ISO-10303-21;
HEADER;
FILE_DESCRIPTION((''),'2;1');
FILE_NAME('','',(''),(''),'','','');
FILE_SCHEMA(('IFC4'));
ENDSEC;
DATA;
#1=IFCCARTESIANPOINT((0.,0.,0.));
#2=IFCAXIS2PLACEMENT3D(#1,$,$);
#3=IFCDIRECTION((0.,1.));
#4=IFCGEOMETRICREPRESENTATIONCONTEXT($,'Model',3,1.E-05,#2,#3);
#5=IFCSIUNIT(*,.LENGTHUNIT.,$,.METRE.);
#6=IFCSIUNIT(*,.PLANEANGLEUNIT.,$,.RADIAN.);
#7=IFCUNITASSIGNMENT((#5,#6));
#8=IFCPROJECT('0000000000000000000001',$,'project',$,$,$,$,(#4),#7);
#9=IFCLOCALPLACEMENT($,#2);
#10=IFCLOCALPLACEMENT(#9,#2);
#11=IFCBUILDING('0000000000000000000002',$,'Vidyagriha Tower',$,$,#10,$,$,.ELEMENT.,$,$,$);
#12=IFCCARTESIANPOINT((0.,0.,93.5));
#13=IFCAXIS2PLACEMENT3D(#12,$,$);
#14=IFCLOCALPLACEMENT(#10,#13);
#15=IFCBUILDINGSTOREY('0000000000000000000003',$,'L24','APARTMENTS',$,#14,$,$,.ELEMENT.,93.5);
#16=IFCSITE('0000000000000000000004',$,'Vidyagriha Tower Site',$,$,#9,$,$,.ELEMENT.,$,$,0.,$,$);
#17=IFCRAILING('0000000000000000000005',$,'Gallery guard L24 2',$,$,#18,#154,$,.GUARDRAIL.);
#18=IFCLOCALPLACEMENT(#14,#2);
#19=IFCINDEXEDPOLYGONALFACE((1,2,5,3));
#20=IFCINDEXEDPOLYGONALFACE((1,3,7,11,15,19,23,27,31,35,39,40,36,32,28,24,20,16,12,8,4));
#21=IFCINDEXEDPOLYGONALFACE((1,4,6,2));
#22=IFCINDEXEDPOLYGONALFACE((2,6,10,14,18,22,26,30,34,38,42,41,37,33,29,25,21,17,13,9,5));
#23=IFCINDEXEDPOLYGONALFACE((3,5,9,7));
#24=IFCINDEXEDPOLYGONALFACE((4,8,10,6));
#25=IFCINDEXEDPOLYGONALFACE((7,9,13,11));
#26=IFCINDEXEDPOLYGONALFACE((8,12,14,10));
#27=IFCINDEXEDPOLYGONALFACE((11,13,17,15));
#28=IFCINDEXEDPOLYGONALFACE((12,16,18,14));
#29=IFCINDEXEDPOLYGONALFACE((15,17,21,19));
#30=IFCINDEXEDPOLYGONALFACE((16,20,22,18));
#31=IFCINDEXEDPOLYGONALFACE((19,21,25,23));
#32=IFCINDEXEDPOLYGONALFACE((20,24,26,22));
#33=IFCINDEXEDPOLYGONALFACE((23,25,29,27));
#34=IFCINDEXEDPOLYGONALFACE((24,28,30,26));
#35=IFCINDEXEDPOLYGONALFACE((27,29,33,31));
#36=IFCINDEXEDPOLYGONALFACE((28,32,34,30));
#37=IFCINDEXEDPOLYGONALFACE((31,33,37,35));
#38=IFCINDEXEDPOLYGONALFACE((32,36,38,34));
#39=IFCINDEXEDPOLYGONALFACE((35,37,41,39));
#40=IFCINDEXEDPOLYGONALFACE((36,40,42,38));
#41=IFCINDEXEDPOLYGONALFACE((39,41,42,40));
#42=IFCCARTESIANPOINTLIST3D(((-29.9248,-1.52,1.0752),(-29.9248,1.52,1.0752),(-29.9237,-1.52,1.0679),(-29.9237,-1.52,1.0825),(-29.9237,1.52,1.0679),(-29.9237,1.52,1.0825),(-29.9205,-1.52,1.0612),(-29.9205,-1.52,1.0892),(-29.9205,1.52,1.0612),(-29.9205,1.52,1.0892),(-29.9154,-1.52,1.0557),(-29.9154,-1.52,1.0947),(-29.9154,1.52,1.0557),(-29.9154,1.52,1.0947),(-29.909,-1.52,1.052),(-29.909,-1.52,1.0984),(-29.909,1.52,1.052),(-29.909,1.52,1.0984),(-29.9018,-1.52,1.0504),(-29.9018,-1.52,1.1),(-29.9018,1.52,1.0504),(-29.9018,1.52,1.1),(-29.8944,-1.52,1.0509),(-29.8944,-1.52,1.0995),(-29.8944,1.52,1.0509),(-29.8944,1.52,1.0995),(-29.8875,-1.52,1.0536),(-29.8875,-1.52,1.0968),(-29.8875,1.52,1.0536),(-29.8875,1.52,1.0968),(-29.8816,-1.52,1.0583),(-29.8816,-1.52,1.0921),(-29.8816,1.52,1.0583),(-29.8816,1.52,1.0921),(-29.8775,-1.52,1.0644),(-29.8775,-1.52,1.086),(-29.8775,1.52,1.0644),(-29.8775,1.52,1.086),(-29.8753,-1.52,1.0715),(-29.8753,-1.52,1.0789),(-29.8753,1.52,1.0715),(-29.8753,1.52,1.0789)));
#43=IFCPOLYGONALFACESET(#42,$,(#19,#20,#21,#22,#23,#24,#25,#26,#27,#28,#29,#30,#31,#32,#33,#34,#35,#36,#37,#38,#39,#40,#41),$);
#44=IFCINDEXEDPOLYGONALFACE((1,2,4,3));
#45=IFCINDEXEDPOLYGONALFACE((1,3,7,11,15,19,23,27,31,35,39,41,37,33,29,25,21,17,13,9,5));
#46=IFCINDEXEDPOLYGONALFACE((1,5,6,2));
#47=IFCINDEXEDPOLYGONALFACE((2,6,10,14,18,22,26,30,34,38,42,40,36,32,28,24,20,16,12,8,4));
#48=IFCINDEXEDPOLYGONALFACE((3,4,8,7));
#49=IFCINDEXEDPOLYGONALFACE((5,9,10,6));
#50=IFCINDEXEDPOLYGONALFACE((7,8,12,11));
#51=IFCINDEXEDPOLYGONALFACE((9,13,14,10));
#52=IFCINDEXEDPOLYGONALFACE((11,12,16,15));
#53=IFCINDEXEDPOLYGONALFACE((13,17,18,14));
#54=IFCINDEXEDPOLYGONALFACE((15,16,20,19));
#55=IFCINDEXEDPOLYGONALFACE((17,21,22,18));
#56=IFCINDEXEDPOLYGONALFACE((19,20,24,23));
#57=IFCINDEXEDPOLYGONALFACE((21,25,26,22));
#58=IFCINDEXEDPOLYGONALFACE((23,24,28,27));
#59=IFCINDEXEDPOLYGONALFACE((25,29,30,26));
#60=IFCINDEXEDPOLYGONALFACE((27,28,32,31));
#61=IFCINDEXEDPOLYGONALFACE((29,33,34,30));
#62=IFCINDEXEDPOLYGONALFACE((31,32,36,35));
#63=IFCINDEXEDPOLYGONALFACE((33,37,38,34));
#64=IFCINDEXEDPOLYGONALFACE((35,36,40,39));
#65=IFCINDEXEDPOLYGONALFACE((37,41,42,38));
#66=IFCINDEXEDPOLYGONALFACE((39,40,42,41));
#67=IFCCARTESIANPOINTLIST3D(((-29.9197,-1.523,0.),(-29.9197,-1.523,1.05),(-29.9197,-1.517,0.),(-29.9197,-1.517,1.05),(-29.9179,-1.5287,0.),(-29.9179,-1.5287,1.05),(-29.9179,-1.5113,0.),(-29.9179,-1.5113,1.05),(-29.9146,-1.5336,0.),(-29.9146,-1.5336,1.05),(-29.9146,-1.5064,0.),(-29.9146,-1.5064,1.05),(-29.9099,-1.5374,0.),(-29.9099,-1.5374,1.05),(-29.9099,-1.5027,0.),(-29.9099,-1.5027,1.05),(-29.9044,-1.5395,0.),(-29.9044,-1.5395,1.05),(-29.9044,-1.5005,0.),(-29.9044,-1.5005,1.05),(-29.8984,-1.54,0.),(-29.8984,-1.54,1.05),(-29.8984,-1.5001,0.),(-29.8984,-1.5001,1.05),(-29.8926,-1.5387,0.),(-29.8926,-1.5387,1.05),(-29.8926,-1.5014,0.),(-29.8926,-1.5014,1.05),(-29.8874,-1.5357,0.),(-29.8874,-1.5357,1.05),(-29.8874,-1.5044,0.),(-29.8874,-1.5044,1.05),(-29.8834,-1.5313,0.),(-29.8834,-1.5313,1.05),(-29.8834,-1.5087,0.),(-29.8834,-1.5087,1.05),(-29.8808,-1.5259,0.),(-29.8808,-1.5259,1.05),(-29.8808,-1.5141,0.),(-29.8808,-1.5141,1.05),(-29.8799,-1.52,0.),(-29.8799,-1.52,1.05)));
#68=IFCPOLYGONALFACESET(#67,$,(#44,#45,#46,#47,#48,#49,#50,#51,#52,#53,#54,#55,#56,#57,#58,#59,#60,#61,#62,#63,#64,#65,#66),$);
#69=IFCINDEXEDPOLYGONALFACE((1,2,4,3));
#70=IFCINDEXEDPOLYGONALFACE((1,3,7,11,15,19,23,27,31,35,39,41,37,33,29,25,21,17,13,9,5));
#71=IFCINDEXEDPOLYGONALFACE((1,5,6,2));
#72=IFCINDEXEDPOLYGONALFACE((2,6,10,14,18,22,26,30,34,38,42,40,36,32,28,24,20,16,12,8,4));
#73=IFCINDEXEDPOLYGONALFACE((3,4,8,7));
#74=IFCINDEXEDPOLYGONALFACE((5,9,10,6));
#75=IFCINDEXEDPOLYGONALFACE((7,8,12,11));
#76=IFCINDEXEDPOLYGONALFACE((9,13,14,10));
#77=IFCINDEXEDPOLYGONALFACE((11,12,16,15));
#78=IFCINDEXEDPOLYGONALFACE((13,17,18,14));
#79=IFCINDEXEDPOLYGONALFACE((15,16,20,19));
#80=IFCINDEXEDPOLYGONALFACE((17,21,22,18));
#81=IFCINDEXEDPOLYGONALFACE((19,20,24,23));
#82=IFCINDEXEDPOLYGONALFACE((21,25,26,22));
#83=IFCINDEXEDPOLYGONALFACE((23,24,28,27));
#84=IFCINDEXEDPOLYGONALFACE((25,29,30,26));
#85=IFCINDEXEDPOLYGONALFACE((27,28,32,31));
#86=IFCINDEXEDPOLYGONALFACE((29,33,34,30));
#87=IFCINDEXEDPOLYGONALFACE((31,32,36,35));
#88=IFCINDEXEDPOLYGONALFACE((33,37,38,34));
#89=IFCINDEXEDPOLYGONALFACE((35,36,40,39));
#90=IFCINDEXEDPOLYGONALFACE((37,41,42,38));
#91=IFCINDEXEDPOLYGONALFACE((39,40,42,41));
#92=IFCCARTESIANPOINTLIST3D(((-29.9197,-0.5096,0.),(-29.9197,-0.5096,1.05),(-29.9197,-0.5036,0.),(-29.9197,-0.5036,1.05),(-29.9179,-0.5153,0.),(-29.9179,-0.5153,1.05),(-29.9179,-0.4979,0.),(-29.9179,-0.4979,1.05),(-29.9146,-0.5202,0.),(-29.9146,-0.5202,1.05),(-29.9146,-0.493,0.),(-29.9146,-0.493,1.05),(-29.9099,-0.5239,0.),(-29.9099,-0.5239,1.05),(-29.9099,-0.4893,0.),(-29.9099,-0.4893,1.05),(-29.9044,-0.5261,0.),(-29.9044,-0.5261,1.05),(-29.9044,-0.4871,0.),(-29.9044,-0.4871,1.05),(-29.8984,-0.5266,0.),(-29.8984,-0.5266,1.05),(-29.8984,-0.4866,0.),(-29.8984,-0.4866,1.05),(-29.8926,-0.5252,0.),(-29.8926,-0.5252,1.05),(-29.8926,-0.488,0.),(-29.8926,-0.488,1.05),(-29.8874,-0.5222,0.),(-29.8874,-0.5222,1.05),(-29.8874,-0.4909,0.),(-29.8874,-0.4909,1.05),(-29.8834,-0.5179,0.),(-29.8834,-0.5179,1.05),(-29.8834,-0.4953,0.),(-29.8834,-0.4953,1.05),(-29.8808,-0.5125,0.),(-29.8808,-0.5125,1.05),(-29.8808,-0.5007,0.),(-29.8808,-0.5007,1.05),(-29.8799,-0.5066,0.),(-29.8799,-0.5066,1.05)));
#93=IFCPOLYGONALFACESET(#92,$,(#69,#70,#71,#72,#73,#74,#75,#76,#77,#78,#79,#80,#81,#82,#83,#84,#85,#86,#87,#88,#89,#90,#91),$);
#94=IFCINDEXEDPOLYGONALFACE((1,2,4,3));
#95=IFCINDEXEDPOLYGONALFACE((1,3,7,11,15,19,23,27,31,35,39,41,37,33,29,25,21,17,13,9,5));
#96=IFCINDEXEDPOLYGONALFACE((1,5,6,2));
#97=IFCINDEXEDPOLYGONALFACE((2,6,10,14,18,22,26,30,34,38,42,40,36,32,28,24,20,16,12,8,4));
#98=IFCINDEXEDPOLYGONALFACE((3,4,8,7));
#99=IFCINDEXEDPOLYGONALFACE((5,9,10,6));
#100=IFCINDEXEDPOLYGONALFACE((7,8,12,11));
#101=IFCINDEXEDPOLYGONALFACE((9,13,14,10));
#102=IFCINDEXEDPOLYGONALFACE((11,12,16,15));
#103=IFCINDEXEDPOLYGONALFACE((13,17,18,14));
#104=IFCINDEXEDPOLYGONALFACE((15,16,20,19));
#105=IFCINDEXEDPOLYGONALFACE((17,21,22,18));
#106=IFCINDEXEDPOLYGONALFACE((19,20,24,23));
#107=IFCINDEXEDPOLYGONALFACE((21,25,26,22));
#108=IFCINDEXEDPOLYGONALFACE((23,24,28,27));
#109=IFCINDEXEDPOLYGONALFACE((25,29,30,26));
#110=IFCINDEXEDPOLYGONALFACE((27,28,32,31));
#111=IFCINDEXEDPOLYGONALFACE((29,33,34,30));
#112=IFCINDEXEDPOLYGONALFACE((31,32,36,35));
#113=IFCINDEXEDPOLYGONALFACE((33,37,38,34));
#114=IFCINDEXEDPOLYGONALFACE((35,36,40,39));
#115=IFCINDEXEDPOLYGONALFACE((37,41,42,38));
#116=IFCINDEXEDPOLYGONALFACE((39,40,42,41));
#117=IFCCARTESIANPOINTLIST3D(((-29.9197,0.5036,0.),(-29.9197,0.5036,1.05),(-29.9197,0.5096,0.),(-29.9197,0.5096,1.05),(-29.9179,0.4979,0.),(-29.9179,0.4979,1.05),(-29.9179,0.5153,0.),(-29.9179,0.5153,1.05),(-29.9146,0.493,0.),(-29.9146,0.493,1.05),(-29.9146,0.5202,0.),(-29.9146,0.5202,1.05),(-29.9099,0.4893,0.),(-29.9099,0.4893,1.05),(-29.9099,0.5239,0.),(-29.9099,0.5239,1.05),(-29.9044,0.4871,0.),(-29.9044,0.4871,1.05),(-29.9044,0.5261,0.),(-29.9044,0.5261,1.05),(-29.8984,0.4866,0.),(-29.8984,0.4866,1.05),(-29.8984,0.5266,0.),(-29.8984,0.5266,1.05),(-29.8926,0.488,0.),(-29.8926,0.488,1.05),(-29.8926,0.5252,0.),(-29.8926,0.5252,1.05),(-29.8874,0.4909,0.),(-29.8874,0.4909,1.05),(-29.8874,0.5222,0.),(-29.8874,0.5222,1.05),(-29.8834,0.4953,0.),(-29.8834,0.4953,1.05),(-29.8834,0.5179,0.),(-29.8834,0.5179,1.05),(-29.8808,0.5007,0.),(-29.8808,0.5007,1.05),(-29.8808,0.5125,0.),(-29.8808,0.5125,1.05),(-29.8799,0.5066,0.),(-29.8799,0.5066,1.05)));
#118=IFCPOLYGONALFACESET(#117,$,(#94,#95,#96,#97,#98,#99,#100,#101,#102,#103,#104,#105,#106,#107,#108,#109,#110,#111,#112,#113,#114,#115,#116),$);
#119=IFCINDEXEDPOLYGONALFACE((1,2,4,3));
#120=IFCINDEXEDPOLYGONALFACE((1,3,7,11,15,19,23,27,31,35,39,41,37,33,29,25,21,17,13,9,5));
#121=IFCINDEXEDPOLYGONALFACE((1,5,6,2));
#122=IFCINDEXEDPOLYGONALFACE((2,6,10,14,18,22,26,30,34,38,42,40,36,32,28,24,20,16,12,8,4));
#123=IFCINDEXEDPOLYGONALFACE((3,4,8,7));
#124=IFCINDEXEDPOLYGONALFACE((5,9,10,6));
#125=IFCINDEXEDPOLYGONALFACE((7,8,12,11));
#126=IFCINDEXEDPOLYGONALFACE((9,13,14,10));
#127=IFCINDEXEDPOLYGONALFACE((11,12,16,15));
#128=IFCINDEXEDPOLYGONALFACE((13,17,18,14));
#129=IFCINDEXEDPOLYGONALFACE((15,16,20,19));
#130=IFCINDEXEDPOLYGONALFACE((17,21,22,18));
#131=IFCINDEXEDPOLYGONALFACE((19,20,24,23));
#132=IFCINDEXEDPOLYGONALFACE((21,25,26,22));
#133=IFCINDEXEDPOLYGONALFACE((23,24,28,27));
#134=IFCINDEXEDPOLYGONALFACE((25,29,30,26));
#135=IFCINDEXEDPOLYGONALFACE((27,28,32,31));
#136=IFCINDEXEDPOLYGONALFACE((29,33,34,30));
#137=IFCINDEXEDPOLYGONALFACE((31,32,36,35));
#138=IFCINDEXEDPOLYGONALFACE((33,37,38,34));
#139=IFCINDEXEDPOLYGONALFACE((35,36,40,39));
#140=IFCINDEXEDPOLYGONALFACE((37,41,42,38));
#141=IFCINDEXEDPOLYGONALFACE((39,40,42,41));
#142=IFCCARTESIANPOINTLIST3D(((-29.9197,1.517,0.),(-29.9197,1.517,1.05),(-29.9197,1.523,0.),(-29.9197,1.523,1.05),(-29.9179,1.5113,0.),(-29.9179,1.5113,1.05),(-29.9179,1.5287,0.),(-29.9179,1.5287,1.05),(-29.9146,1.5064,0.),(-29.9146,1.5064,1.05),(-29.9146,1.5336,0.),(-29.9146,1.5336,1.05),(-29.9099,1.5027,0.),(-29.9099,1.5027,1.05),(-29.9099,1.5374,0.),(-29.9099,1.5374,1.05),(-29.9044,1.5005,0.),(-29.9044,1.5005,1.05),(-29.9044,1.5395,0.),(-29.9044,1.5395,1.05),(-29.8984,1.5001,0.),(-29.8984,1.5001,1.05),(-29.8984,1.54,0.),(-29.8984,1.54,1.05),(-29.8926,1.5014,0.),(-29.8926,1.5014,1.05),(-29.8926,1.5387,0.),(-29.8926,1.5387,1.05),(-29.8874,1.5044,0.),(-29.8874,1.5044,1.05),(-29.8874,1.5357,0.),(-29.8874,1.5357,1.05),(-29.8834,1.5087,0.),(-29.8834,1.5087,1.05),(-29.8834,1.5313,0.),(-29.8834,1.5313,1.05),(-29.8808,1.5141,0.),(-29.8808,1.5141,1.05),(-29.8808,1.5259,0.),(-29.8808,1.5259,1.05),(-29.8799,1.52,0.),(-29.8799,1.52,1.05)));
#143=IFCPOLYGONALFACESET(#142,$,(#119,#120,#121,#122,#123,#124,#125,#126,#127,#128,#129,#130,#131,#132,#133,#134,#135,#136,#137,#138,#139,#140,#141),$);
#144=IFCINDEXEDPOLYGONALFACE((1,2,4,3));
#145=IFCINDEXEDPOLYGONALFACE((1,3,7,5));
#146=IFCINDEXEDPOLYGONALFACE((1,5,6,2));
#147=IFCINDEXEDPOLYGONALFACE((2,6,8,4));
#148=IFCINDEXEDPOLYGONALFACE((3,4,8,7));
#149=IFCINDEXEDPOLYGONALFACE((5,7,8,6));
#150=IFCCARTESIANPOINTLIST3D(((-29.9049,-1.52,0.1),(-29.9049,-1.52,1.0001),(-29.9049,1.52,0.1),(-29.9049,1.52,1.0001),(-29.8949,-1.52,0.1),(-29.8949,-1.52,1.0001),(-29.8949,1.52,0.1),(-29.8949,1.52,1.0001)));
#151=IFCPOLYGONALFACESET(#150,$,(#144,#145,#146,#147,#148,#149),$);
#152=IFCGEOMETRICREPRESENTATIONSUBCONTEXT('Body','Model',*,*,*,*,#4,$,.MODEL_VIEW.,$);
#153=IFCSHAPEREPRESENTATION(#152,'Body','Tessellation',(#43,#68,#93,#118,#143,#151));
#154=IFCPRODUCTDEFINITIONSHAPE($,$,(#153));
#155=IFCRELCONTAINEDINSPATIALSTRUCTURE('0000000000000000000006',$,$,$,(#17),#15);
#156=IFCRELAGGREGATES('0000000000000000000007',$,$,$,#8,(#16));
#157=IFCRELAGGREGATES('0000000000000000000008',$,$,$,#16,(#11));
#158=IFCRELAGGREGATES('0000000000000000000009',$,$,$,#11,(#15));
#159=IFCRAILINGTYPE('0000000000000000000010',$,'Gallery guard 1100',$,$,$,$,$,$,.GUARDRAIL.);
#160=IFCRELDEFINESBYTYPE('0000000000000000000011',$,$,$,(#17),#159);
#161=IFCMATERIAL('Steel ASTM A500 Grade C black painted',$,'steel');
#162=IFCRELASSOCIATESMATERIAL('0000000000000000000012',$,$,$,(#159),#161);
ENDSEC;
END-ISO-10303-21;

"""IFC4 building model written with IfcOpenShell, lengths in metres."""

from ifc_helpers import new_model, si_unit, direction, frame, origin, origin_2d, place, context, subcontext, project, spatial, rectangle, circle, extrude, material, type_object, element, save


model = new_model("IFC4")

# Units and contexts
model_context = context("Model", 3, precision=1e-05, world=origin(), true_north=direction((0.0, 1.0)))
body_context = subcontext(model_context, "Body", "Model", "MODEL_VIEW")
ifc_project = project(units=[si_unit("LENGTHUNIT", "METRE"), si_unit("PLANEANGLEUNIT", "RADIAN")], contexts=[model_context])

# Site, building, storey
site_placement = place(None, origin())
site = spatial("IfcSite", under=ifc_project, at=site_placement, Name="Vidyagriha Tower Site", CompositionType="ELEMENT", RefElevation=0.0)
building_placement = place(site_placement, origin())
building = spatial("IfcBuilding", under=site, at=building_placement, Name="Vidyagriha Tower", CompositionType="ELEMENT")
storey_placement = place(building_placement, frame((0.0, 0.0, 93.5)))
storey = spatial("IfcBuildingStorey", under=building, at=storey_placement, Name="L24", Description="APARTMENTS", CompositionType="ELEMENT", Elevation=93.5)

# Railing
ifc_material_1 = material(Name="Steel ASTM A500 Grade C black painted", Category="steel")
railing_type_1 = type_object("IfcRailingType", Name="Gallery guard 1100", PredefinedType="GUARDRAIL", material=ifc_material_1)
railing_1_placement = place(storey_placement, frame((-29.8999, -1.52, 0.0)))
element("IfcRailing", 1, at=railing_1_placement, inside=storey, type_object=railing_type_1, Name="Gallery guard L24 2", PredefinedType="GUARDRAIL", context=body_context, shape_type="SweptSolid", body=[
    extrude(circle(Radius=0.0249, at=origin_2d()), frame((0.0, 0.0, 1.0752), z_axis=(0.0, 1.0, 0.0), x_axis=(-1.0, 0.0, 0.0)), (0.0, 0.0, 1.0), 3.04),
    extrude(circle(Radius=0.02, at=origin_2d()), origin(), (0.0, 0.0, 1.0), 1.05),
    extrude(circle(Radius=0.02, at=origin_2d()), frame((0.0, 1.0134, 0.0)), (0.0, 0.0, 1.0), 1.05),
    extrude(circle(Radius=0.02, at=origin_2d()), frame((0.0, 2.0266, 0.0)), (0.0, 0.0, 1.0), 1.05),
    extrude(circle(Radius=0.02, at=origin_2d()), frame((0.0, 3.04, 0.0)), (0.0, 0.0, 1.0), 1.05),
    extrude(rectangle(XDim=0.01, YDim=0.9001, at=origin_2d()), frame((0.0, 0.0, 0.55), z_axis=(0.0, 1.0, 0.0), x_axis=(-1.0, 0.0, 0.0)), (0.0, 0.0, 1.0), 3.04),
])

save(model, "model.ifc")
